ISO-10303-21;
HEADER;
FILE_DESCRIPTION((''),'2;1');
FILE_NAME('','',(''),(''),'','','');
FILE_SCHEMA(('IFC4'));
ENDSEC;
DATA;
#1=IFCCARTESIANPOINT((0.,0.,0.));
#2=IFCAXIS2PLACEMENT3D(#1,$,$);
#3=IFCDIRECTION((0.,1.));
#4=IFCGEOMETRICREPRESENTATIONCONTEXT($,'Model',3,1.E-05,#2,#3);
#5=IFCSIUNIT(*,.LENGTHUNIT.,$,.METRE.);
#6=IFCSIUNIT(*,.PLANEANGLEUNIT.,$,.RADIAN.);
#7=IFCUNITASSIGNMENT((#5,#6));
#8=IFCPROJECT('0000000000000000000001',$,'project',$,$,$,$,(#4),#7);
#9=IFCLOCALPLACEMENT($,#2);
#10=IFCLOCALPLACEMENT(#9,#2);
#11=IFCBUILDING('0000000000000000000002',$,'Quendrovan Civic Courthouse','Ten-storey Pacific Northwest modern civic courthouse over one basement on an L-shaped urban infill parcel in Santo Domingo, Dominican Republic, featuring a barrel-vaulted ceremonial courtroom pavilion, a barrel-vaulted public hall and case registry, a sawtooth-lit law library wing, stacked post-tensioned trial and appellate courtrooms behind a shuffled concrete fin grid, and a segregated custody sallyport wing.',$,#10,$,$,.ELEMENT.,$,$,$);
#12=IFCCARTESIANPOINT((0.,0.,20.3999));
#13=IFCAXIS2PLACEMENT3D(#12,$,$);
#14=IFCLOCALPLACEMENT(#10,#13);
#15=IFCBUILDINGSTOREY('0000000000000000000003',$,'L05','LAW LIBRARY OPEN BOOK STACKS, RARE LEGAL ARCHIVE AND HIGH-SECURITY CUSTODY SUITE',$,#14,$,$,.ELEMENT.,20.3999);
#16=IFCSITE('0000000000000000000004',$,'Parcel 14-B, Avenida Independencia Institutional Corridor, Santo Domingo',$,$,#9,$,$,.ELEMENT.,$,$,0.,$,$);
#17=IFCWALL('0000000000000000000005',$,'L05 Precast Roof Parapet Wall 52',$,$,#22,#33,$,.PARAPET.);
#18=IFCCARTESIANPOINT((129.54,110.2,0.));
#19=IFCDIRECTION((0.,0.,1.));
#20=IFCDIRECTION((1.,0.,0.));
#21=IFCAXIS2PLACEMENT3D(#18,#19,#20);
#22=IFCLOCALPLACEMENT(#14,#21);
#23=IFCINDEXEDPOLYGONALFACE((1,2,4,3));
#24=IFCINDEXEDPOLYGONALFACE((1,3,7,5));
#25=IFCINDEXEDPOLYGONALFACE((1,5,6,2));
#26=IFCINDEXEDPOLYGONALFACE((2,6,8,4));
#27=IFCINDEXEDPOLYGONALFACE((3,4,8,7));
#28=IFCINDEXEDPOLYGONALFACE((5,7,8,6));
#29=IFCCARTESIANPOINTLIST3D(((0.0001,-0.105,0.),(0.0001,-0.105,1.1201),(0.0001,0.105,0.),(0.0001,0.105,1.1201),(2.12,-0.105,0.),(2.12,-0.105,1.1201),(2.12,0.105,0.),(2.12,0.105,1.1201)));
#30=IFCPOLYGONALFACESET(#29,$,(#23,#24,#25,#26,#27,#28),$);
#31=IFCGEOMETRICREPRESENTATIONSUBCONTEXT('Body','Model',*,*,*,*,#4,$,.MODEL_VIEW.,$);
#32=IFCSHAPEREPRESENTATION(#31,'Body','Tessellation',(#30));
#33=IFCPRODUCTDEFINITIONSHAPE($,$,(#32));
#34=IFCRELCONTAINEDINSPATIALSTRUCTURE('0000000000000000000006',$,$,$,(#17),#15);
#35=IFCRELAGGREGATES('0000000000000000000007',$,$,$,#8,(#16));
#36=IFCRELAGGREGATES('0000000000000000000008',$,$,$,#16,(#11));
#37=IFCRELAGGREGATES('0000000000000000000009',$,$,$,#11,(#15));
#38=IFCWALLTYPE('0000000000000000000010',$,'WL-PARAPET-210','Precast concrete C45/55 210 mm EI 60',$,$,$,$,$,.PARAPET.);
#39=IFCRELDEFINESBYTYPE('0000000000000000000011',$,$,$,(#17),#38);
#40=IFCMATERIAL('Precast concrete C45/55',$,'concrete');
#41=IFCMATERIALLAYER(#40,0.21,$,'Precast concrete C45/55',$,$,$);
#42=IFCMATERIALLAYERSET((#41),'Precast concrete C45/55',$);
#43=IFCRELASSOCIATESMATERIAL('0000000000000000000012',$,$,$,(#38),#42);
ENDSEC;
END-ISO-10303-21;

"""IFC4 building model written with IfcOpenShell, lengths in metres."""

from ifc_helpers import new_model, si_unit, direction, frame, frame_2d, origin, place, context, subcontext, project, spatial, rectangle, extrude, material, layer, layer_set, type_object, element, save


model = new_model("IFC4")

# Units and contexts
model_context = context("Model", 3, precision=1e-05, world=origin(), true_north=direction((0.0, 1.0)))
body_context = subcontext(model_context, "Body", "Model", "MODEL_VIEW")
ifc_project = project(units=[si_unit("LENGTHUNIT", "METRE"), si_unit("PLANEANGLEUNIT", "RADIAN")], contexts=[model_context])

# Site, building, storey
site_placement = place(None, origin())
site = spatial("IfcSite", under=ifc_project, at=site_placement, Name="Parcel 14-B, Avenida Independencia Institutional Corridor, Santo Domingo", CompositionType="ELEMENT", RefElevation=0.0)
building_placement = place(site_placement, origin())
building = spatial("IfcBuilding", under=site, at=building_placement, Name="Quendrovan Civic Courthouse", Description="Ten-storey Pacific Northwest modern civic courthouse over one basement on an L-shaped urban infill parcel in Santo Domingo, Dominican Republic, featuring a barrel-vaulted ceremonial courtroom pavilion, a barrel-vaulted public hall and case registry, a sawtooth-lit law library wing, stacked post-tensioned trial and appellate courtrooms behind a shuffled concrete fin grid, and a segregated custody sallyport wing.", CompositionType="ELEMENT")
storey_placement = place(building_placement, frame((0.0, 0.0, 20.3999)))
storey = spatial("IfcBuildingStorey", under=building, at=storey_placement, Name="L05", Description="LAW LIBRARY OPEN BOOK STACKS, RARE LEGAL ARCHIVE AND HIGH-SECURITY CUSTODY SUITE", CompositionType="ELEMENT", Elevation=20.3999)

# Wall
ifc_material_1 = material(Name="Precast concrete C45/55", Category="concrete")
ifc_layer_1 = layer(ifc_material_1, 0.21, Name="Precast concrete C45/55")
ifc_layer_set_1 = layer_set([ifc_layer_1], Name="Precast concrete C45/55")
wall_type_1 = type_object("IfcWallType", Name="WL-PARAPET-210", Description="Precast concrete C45/55 210 mm EI 60", PredefinedType="PARAPET", material=ifc_layer_set_1)
wall_1_placement = place(storey_placement, frame((129.54, 110.2, 0.0), z_axis=(0.0, 0.0, 1.0), x_axis=(1.0, 0.0, 0.0)))
element("IfcWall", 1, at=wall_1_placement, inside=storey, type_object=wall_type_1, Name="L05 Precast Roof Parapet Wall 52", PredefinedType="PARAPET", context=body_context, shape_type="SweptSolid", body=[
    extrude(rectangle(XDim=2.1199, YDim=0.21, at=frame_2d((1.0601, 0.0))), origin(), (0.0, 0.0, 1.0), 1.1201),
])

save(model, "model.ifc")
